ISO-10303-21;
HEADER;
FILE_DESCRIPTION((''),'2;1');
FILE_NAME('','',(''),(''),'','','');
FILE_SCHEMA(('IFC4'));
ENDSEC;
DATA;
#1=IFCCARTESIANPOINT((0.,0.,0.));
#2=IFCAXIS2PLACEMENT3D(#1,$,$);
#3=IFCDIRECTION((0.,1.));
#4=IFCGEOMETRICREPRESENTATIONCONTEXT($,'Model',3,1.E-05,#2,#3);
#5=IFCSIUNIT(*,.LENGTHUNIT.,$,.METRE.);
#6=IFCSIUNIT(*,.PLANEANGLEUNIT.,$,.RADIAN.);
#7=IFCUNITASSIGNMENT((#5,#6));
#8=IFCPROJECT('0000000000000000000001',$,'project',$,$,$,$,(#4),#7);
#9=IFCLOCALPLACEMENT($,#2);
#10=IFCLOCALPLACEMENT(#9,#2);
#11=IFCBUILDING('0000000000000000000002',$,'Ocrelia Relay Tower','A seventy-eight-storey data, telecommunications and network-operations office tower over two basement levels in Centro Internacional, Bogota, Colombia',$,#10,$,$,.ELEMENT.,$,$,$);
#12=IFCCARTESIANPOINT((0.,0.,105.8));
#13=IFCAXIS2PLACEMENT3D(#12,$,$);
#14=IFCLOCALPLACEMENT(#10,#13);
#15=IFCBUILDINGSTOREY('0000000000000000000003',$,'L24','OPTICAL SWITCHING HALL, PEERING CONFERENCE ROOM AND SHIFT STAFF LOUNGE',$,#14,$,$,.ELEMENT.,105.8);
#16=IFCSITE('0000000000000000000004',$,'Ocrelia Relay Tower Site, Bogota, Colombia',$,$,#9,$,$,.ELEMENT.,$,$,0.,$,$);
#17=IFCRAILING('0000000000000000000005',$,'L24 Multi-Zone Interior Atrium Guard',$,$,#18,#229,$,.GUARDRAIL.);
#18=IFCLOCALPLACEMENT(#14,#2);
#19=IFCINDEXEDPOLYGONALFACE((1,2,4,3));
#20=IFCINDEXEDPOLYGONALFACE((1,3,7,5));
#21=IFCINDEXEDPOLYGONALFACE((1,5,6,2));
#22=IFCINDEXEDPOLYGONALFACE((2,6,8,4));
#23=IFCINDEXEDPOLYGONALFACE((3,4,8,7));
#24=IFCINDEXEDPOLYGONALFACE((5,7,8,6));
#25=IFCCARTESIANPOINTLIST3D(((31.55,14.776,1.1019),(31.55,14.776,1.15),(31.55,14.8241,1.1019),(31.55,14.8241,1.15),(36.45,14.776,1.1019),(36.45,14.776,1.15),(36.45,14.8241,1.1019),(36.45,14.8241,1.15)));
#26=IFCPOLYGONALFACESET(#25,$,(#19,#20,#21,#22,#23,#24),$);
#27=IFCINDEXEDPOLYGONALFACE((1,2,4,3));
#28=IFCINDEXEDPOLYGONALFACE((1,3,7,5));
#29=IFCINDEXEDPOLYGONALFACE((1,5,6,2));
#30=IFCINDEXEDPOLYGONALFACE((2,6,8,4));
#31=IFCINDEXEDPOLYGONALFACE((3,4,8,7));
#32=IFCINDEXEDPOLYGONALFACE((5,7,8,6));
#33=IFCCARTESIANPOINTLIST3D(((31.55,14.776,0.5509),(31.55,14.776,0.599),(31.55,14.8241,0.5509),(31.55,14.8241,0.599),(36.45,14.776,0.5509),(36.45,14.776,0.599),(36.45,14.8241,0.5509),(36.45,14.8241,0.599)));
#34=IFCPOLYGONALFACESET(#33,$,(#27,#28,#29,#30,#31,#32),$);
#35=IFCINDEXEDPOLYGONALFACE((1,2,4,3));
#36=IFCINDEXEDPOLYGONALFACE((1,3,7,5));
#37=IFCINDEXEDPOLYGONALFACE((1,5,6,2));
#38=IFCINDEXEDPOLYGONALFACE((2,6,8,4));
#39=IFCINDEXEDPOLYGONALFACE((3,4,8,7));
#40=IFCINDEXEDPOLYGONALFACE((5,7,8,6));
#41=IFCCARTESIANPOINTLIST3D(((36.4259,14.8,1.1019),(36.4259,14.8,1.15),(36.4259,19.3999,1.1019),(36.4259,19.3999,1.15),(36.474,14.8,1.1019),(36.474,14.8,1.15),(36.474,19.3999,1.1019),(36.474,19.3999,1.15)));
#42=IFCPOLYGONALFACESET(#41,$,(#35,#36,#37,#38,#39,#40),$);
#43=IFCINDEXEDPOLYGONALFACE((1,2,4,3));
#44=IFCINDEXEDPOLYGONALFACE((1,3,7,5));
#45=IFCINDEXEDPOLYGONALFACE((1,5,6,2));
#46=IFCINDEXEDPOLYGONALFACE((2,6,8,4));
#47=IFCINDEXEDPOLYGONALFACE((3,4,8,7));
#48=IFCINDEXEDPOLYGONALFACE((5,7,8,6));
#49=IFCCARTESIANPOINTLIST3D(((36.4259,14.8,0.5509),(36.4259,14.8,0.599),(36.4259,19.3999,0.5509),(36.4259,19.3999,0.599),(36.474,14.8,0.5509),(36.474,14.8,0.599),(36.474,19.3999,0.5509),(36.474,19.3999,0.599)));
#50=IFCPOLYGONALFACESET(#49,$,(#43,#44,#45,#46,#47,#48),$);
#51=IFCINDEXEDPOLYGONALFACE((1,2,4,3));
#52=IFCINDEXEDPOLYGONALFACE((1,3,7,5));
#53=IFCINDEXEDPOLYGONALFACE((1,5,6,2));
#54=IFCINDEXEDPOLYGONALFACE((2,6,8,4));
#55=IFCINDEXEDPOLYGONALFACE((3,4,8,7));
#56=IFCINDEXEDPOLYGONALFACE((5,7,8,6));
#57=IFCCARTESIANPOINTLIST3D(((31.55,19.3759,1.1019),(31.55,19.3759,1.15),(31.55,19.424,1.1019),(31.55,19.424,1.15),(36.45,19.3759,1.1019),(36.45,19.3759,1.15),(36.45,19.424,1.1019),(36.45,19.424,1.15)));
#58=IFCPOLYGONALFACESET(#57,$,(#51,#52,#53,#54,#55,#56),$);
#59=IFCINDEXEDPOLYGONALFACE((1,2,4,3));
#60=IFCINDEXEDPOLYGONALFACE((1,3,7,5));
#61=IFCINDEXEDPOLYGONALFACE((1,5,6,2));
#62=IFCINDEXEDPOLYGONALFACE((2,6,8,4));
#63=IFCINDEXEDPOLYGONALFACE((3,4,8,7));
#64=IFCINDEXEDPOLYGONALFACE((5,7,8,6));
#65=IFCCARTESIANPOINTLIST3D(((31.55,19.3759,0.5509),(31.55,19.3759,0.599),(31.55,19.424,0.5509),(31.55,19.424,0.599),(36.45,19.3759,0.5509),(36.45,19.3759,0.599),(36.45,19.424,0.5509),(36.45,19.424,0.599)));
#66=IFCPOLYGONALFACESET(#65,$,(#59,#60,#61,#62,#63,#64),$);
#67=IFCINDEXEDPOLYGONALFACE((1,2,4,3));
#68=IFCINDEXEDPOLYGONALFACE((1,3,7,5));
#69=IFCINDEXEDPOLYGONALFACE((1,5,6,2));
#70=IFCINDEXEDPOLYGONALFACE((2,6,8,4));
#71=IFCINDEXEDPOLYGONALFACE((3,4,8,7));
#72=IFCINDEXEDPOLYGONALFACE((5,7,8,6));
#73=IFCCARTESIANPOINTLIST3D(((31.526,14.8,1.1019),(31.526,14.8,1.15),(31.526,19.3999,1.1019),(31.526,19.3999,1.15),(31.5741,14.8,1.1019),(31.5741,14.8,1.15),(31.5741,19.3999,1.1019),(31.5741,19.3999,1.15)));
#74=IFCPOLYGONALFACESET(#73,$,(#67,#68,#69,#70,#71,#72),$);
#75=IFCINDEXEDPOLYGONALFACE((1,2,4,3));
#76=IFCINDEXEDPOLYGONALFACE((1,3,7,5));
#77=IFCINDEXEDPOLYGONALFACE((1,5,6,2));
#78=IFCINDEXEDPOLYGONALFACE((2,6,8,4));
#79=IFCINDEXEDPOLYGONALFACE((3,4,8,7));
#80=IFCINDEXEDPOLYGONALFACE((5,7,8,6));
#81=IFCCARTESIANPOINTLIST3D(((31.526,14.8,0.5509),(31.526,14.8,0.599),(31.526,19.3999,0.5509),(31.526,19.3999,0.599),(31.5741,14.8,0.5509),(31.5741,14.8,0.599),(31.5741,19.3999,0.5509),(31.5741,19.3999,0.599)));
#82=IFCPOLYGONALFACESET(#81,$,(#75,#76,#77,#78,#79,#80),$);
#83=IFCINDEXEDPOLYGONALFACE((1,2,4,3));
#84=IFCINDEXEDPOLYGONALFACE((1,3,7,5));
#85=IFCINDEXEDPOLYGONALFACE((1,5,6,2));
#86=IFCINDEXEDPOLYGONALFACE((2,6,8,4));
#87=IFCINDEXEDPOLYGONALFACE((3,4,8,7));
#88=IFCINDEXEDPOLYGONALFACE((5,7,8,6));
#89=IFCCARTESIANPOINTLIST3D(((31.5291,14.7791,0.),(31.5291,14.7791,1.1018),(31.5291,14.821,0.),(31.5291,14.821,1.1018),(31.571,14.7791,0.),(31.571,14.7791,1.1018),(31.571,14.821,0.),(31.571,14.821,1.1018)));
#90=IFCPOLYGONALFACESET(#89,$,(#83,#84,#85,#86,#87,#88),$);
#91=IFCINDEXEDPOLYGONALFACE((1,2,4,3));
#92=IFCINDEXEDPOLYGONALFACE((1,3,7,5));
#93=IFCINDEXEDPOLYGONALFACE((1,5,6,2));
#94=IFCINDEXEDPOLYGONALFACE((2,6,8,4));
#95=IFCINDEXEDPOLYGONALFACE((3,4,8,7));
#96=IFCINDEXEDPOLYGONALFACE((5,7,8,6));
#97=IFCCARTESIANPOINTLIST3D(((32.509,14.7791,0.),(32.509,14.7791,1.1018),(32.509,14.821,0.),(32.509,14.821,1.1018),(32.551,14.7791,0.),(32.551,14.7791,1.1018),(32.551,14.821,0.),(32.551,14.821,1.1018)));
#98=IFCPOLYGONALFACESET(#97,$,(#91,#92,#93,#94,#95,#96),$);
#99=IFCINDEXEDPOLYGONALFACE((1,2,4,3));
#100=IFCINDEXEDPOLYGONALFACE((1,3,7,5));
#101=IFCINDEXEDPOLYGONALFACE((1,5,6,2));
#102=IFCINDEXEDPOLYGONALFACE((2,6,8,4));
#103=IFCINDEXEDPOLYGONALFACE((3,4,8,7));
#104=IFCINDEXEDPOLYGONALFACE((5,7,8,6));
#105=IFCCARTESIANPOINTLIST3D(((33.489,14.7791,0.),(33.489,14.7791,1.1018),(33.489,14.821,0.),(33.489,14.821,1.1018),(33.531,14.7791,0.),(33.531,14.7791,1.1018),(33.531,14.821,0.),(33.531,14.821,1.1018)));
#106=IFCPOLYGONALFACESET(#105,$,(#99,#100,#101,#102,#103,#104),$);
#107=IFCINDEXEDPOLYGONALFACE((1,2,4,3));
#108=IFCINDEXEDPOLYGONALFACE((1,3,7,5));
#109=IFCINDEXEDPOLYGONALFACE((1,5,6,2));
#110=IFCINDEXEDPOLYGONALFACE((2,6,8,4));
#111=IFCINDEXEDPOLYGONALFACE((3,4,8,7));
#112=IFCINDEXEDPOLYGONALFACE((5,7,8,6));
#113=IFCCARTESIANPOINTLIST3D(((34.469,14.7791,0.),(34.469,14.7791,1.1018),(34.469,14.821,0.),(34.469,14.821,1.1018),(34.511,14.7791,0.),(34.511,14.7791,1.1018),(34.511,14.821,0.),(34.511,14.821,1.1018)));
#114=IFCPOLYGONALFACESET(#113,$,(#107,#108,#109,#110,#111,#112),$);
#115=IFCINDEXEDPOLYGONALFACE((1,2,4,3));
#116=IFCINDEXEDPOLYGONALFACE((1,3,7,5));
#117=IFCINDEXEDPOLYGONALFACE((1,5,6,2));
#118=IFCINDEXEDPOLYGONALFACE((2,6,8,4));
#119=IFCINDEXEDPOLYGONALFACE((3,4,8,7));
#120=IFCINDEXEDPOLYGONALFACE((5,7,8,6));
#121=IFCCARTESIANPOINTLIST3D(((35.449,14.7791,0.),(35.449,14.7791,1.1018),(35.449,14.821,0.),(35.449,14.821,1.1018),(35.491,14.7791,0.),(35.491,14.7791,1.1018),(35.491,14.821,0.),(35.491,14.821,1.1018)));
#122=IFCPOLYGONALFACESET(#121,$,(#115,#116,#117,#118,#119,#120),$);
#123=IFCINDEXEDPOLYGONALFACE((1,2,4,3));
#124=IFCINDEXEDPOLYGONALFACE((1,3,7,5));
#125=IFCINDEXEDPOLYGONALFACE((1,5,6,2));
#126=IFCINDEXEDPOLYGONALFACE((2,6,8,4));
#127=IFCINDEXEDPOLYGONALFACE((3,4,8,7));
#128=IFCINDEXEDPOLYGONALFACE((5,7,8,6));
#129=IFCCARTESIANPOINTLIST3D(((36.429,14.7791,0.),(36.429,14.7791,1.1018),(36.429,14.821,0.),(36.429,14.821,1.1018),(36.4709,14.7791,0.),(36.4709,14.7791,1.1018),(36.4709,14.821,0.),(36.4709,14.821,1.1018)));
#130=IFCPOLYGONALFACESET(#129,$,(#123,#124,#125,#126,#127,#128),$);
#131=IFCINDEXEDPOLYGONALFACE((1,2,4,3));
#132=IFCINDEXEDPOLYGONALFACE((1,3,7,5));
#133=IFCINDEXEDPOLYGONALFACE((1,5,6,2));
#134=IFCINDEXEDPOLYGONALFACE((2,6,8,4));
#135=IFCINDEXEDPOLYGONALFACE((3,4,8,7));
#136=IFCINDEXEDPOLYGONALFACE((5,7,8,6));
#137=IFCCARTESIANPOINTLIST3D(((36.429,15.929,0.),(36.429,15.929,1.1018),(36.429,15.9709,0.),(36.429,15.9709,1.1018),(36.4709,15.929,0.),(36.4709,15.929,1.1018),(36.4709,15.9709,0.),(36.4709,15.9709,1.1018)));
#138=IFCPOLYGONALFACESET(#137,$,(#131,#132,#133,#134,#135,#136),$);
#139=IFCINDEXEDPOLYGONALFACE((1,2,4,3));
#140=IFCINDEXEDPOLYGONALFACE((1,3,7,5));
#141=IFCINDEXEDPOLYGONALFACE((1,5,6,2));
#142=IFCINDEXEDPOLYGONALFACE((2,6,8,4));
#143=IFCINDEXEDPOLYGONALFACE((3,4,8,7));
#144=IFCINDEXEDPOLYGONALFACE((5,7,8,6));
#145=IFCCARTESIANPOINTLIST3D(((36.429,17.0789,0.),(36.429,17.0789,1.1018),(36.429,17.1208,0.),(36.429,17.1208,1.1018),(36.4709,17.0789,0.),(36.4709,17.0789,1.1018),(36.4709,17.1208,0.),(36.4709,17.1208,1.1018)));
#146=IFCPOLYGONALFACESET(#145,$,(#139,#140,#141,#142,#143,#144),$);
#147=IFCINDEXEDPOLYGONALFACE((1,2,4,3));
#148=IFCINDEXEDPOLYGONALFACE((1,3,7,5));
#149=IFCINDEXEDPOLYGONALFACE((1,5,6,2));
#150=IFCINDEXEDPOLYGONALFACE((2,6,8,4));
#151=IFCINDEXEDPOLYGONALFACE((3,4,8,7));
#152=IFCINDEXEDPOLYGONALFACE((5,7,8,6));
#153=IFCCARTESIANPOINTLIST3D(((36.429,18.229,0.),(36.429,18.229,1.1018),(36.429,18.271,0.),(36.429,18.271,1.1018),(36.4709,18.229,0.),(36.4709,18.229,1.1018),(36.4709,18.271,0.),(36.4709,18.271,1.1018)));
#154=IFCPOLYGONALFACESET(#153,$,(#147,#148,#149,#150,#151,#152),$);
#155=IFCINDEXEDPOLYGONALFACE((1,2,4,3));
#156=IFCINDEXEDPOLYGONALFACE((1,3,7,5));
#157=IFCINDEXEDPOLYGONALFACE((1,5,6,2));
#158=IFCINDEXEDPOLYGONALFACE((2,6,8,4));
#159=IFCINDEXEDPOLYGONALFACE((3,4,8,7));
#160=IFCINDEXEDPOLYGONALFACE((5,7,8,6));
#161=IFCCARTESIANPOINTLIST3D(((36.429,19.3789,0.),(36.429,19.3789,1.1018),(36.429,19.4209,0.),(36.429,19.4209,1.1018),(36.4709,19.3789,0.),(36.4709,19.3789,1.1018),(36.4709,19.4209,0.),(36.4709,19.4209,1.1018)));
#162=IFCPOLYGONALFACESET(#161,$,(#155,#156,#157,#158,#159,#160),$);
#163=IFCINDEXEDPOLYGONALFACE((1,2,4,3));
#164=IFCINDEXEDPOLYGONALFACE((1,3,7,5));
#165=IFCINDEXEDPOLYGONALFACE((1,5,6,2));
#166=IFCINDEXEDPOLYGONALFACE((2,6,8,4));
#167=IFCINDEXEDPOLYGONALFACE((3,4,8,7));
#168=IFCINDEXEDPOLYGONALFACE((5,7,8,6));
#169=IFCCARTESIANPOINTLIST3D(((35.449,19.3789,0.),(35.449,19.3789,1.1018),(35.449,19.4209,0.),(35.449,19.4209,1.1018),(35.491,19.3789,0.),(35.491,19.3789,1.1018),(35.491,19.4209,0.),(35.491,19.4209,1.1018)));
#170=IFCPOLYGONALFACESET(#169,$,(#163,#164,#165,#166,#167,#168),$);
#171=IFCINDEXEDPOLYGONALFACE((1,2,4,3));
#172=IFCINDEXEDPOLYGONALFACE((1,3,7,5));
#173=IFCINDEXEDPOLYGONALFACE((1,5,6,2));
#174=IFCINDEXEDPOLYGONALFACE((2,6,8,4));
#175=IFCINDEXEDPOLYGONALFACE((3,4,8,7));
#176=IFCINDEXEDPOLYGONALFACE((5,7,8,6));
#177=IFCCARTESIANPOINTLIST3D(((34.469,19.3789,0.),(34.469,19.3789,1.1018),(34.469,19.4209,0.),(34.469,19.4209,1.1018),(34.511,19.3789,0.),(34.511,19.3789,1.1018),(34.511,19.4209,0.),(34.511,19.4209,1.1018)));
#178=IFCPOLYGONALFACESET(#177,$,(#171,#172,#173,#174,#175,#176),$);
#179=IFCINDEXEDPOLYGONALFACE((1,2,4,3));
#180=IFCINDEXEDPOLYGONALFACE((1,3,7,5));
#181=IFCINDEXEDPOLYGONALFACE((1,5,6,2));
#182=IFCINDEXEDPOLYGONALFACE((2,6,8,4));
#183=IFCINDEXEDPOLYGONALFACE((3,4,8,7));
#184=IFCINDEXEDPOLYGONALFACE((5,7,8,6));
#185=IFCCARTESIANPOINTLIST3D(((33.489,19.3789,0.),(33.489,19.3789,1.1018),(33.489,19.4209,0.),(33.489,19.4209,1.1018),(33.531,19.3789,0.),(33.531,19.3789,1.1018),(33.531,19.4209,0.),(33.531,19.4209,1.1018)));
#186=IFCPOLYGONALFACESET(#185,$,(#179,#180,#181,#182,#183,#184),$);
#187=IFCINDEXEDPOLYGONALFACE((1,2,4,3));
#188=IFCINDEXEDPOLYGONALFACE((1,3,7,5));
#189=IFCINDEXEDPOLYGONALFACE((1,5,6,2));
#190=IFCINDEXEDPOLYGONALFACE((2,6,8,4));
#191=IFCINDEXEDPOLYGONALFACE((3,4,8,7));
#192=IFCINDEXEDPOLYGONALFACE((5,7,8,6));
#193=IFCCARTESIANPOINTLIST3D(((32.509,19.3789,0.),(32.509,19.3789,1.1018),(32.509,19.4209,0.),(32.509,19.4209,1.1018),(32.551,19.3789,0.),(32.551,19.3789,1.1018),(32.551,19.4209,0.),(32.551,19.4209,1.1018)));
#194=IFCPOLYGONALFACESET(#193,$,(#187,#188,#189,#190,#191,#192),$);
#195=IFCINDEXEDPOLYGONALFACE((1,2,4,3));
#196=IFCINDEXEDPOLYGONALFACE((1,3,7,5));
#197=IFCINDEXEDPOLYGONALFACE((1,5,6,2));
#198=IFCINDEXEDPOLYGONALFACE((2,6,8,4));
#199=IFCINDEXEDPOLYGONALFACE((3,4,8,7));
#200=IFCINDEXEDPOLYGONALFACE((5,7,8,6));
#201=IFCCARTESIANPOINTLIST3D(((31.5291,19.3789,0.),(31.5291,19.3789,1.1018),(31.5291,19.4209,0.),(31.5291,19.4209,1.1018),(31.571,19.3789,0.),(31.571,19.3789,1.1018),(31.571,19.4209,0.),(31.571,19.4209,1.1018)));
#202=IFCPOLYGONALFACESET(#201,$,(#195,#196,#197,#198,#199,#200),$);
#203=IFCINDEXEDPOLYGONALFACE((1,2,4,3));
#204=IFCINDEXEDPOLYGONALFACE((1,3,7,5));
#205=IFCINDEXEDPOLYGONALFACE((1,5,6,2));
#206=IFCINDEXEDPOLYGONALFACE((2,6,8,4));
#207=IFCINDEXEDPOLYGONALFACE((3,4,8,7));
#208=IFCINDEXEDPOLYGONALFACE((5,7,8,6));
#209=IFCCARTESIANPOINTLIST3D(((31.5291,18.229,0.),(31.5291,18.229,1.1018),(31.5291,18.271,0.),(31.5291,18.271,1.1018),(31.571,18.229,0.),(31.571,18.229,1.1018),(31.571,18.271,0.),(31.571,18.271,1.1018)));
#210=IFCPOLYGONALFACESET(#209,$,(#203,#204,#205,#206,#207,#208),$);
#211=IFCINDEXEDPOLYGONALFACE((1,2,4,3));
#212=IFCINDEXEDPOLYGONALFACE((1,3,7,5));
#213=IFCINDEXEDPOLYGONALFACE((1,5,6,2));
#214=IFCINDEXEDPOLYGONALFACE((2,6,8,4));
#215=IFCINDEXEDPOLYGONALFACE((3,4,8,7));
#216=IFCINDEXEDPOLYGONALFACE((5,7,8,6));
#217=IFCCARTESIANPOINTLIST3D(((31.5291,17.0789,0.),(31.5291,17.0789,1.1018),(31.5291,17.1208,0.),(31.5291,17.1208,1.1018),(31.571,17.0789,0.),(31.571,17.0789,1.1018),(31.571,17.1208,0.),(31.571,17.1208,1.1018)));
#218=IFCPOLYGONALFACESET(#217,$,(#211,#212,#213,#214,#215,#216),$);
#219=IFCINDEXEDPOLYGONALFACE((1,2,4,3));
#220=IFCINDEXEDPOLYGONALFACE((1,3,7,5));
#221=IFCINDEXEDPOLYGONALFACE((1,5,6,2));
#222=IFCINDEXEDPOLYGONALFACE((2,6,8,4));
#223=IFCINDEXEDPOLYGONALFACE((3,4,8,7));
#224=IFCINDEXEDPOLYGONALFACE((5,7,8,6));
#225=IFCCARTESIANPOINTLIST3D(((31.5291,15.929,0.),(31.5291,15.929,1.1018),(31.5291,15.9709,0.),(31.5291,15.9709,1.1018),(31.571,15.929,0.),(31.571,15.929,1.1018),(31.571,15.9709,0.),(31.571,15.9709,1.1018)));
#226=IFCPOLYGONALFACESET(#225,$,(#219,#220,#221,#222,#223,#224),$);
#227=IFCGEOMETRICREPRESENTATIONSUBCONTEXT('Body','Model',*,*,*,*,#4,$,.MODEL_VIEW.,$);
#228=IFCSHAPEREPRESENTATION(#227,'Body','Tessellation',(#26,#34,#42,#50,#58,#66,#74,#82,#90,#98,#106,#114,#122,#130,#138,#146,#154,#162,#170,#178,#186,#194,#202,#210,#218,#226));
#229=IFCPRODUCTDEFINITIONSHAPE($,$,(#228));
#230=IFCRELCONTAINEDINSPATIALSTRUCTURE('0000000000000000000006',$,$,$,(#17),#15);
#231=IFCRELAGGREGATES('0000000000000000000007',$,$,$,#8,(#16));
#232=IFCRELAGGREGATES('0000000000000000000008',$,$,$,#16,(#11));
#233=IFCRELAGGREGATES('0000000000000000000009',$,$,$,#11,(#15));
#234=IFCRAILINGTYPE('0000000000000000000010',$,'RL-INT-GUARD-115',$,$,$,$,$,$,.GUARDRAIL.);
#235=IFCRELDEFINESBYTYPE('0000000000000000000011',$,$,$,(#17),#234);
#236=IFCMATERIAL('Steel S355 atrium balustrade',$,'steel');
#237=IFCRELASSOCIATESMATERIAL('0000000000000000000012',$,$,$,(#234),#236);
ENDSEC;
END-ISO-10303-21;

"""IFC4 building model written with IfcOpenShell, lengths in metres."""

from ifc_helpers import new_model, si_unit, direction, frame, origin, origin_2d, place, context, subcontext, project, spatial, rectangle, extrude, material, type_object, element, save


model = new_model("IFC4")

# Units and contexts
model_context = context("Model", 3, precision=1e-05, world=origin(), true_north=direction((0.0, 1.0)))
body_context = subcontext(model_context, "Body", "Model", "MODEL_VIEW")
ifc_project = project(units=[si_unit("LENGTHUNIT", "METRE"), si_unit("PLANEANGLEUNIT", "RADIAN")], contexts=[model_context])

# Site, building, storey
site_placement = place(None, origin())
site = spatial("IfcSite", under=ifc_project, at=site_placement, Name="Ocrelia Relay Tower Site, Bogota, Colombia", CompositionType="ELEMENT", RefElevation=0.0)
building_placement = place(site_placement, origin())
building = spatial("IfcBuilding", under=site, at=building_placement, Name="Ocrelia Relay Tower", Description="A seventy-eight-storey data, telecommunications and network-operations office tower over two basement levels in Centro Internacional, Bogota, Colombia", CompositionType="ELEMENT")
storey_placement = place(building_placement, frame((0.0, 0.0, 105.8)))
storey = spatial("IfcBuildingStorey", under=building, at=storey_placement, Name="L24", Description="OPTICAL SWITCHING HALL, PEERING CONFERENCE ROOM AND SHIFT STAFF LOUNGE", CompositionType="ELEMENT", Elevation=105.8)

# Railing
ifc_material_1 = material(Name="Steel S355 atrium balustrade", Category="steel")
railing_type_1 = type_object("IfcRailingType", Name="RL-INT-GUARD-115", PredefinedType="GUARDRAIL", material=ifc_material_1)
railing_1_placement = place(storey_placement, frame((31.55, 14.8, 0.0)))
element("IfcRailing", 1, at=railing_1_placement, inside=storey, type_object=railing_type_1, Name="L24 Multi-Zone Interior Atrium Guard", PredefinedType="GUARDRAIL", context=body_context, shape_type="SweptSolid", body=[
    extrude(rectangle(XDim=0.0481, YDim=0.0481, at=origin_2d()), frame((0.0, 0.0, 1.126), z_axis=(1.0, 0.0, 0.0), x_axis=(0.0, 1.0, 0.0)), (0.0, 0.0, 1.0), 4.8999),
    extrude(rectangle(XDim=0.0481, YDim=0.0481, at=origin_2d()), frame((0.0, 0.0, 0.575), z_axis=(1.0, 0.0, 0.0), x_axis=(0.0, 1.0, 0.0)), (0.0, 0.0, 1.0), 4.8999),
    extrude(rectangle(XDim=0.0481, YDim=0.0481, at=origin_2d()), frame((4.8999, 0.0, 1.126), z_axis=(0.0, 1.0, 0.0), x_axis=(-1.0, 0.0, 0.0)), (0.0, 0.0, 1.0), 4.5999),
    extrude(rectangle(XDim=0.0481, YDim=0.0481, at=origin_2d()), frame((4.8999, 0.0, 0.575), z_axis=(0.0, 1.0, 0.0), x_axis=(-1.0, 0.0, 0.0)), (0.0, 0.0, 1.0), 4.5999),
    extrude(rectangle(XDim=0.0481, YDim=0.0481, at=origin_2d()), frame((4.8999, 4.5999, 1.126), z_axis=(-1.0, 0.0, 0.0), x_axis=(0.0, -1.0, 0.0)), (0.0, 0.0, 1.0), 4.8999),
    extrude(rectangle(XDim=0.0481, YDim=0.0481, at=origin_2d()), frame((4.8999, 4.5999, 0.575), z_axis=(-1.0, 0.0, 0.0), x_axis=(0.0, -1.0, 0.0)), (0.0, 0.0, 1.0), 4.8999),
    extrude(rectangle(XDim=0.0481, YDim=0.0481, at=origin_2d()), frame((0.0, 4.5999, 1.126), z_axis=(0.0, -1.0, 0.0), x_axis=(1.0, 0.0, 0.0)), (0.0, 0.0, 1.0), 4.5999),
    extrude(rectangle(XDim=0.0481, YDim=0.0481, at=origin_2d()), frame((0.0, 4.5999, 0.575), z_axis=(0.0, -1.0, 0.0), x_axis=(1.0, 0.0, 0.0)), (0.0, 0.0, 1.0), 4.5999),
    extrude(rectangle(XDim=0.042, YDim=0.042, at=origin_2d()), origin(), (0.0, 0.0, 1.0), 1.1018),
    extrude(rectangle(XDim=0.042, YDim=0.042, at=origin_2d()), frame((0.98, 0.0, 0.0)), (0.0, 0.0, 1.0), 1.1018),
    extrude(rectangle(XDim=0.042, YDim=0.042, at=origin_2d()), frame((1.96, 0.0, 0.0)), (0.0, 0.0, 1.0), 1.1018),
    extrude(rectangle(XDim=0.042, YDim=0.042, at=origin_2d()), frame((2.9399, 0.0, 0.0)), (0.0, 0.0, 1.0), 1.1018),
    extrude(rectangle(XDim=0.042, YDim=0.042, at=origin_2d()), frame((3.9199, 0.0, 0.0)), (0.0, 0.0, 1.0), 1.1018),
    extrude(rectangle(XDim=0.042, YDim=0.042, at=origin_2d()), frame((4.8999, 0.0, 0.0)), (0.0, 0.0, 1.0), 1.1018),
    extrude(rectangle(XDim=0.042, YDim=0.042, at=origin_2d()), frame((4.8999, 1.1499, 0.0)), (0.0, 0.0, 1.0), 1.1018),
    extrude(rectangle(XDim=0.042, YDim=0.042, at=origin_2d()), frame((4.8999, 2.2998, 0.0)), (0.0, 0.0, 1.0), 1.1018),
    extrude(rectangle(XDim=0.042, YDim=0.042, at=origin_2d()), frame((4.8999, 3.45, 0.0)), (0.0, 0.0, 1.0), 1.1018),
    extrude(rectangle(XDim=0.042, YDim=0.042, at=origin_2d()), frame((4.8999, 4.5999, 0.0)), (0.0, 0.0, 1.0), 1.1018),
    extrude(rectangle(XDim=0.042, YDim=0.042, at=origin_2d()), frame((3.9199, 4.5999, 0.0)), (0.0, 0.0, 1.0), 1.1018),
    extrude(rectangle(XDim=0.042, YDim=0.042, at=origin_2d()), frame((2.9399, 4.5999, 0.0)), (0.0, 0.0, 1.0), 1.1018),
    extrude(rectangle(XDim=0.042, YDim=0.042, at=origin_2d()), frame((1.96, 4.5999, 0.0)), (0.0, 0.0, 1.0), 1.1018),
    extrude(rectangle(XDim=0.042, YDim=0.042, at=origin_2d()), frame((0.98, 4.5999, 0.0)), (0.0, 0.0, 1.0), 1.1018),
    extrude(rectangle(XDim=0.042, YDim=0.042, at=origin_2d()), frame((0.0, 4.5999, 0.0)), (0.0, 0.0, 1.0), 1.1018),
    extrude(rectangle(XDim=0.042, YDim=0.042, at=origin_2d()), frame((0.0, 3.45, 0.0)), (0.0, 0.0, 1.0), 1.1018),
    extrude(rectangle(XDim=0.042, YDim=0.042, at=origin_2d()), frame((0.0, 2.2998, 0.0)), (0.0, 0.0, 1.0), 1.1018),
    extrude(rectangle(XDim=0.042, YDim=0.042, at=origin_2d()), frame((0.0, 1.1499, 0.0)), (0.0, 0.0, 1.0), 1.1018),
])

save(model, "model.ifc")
